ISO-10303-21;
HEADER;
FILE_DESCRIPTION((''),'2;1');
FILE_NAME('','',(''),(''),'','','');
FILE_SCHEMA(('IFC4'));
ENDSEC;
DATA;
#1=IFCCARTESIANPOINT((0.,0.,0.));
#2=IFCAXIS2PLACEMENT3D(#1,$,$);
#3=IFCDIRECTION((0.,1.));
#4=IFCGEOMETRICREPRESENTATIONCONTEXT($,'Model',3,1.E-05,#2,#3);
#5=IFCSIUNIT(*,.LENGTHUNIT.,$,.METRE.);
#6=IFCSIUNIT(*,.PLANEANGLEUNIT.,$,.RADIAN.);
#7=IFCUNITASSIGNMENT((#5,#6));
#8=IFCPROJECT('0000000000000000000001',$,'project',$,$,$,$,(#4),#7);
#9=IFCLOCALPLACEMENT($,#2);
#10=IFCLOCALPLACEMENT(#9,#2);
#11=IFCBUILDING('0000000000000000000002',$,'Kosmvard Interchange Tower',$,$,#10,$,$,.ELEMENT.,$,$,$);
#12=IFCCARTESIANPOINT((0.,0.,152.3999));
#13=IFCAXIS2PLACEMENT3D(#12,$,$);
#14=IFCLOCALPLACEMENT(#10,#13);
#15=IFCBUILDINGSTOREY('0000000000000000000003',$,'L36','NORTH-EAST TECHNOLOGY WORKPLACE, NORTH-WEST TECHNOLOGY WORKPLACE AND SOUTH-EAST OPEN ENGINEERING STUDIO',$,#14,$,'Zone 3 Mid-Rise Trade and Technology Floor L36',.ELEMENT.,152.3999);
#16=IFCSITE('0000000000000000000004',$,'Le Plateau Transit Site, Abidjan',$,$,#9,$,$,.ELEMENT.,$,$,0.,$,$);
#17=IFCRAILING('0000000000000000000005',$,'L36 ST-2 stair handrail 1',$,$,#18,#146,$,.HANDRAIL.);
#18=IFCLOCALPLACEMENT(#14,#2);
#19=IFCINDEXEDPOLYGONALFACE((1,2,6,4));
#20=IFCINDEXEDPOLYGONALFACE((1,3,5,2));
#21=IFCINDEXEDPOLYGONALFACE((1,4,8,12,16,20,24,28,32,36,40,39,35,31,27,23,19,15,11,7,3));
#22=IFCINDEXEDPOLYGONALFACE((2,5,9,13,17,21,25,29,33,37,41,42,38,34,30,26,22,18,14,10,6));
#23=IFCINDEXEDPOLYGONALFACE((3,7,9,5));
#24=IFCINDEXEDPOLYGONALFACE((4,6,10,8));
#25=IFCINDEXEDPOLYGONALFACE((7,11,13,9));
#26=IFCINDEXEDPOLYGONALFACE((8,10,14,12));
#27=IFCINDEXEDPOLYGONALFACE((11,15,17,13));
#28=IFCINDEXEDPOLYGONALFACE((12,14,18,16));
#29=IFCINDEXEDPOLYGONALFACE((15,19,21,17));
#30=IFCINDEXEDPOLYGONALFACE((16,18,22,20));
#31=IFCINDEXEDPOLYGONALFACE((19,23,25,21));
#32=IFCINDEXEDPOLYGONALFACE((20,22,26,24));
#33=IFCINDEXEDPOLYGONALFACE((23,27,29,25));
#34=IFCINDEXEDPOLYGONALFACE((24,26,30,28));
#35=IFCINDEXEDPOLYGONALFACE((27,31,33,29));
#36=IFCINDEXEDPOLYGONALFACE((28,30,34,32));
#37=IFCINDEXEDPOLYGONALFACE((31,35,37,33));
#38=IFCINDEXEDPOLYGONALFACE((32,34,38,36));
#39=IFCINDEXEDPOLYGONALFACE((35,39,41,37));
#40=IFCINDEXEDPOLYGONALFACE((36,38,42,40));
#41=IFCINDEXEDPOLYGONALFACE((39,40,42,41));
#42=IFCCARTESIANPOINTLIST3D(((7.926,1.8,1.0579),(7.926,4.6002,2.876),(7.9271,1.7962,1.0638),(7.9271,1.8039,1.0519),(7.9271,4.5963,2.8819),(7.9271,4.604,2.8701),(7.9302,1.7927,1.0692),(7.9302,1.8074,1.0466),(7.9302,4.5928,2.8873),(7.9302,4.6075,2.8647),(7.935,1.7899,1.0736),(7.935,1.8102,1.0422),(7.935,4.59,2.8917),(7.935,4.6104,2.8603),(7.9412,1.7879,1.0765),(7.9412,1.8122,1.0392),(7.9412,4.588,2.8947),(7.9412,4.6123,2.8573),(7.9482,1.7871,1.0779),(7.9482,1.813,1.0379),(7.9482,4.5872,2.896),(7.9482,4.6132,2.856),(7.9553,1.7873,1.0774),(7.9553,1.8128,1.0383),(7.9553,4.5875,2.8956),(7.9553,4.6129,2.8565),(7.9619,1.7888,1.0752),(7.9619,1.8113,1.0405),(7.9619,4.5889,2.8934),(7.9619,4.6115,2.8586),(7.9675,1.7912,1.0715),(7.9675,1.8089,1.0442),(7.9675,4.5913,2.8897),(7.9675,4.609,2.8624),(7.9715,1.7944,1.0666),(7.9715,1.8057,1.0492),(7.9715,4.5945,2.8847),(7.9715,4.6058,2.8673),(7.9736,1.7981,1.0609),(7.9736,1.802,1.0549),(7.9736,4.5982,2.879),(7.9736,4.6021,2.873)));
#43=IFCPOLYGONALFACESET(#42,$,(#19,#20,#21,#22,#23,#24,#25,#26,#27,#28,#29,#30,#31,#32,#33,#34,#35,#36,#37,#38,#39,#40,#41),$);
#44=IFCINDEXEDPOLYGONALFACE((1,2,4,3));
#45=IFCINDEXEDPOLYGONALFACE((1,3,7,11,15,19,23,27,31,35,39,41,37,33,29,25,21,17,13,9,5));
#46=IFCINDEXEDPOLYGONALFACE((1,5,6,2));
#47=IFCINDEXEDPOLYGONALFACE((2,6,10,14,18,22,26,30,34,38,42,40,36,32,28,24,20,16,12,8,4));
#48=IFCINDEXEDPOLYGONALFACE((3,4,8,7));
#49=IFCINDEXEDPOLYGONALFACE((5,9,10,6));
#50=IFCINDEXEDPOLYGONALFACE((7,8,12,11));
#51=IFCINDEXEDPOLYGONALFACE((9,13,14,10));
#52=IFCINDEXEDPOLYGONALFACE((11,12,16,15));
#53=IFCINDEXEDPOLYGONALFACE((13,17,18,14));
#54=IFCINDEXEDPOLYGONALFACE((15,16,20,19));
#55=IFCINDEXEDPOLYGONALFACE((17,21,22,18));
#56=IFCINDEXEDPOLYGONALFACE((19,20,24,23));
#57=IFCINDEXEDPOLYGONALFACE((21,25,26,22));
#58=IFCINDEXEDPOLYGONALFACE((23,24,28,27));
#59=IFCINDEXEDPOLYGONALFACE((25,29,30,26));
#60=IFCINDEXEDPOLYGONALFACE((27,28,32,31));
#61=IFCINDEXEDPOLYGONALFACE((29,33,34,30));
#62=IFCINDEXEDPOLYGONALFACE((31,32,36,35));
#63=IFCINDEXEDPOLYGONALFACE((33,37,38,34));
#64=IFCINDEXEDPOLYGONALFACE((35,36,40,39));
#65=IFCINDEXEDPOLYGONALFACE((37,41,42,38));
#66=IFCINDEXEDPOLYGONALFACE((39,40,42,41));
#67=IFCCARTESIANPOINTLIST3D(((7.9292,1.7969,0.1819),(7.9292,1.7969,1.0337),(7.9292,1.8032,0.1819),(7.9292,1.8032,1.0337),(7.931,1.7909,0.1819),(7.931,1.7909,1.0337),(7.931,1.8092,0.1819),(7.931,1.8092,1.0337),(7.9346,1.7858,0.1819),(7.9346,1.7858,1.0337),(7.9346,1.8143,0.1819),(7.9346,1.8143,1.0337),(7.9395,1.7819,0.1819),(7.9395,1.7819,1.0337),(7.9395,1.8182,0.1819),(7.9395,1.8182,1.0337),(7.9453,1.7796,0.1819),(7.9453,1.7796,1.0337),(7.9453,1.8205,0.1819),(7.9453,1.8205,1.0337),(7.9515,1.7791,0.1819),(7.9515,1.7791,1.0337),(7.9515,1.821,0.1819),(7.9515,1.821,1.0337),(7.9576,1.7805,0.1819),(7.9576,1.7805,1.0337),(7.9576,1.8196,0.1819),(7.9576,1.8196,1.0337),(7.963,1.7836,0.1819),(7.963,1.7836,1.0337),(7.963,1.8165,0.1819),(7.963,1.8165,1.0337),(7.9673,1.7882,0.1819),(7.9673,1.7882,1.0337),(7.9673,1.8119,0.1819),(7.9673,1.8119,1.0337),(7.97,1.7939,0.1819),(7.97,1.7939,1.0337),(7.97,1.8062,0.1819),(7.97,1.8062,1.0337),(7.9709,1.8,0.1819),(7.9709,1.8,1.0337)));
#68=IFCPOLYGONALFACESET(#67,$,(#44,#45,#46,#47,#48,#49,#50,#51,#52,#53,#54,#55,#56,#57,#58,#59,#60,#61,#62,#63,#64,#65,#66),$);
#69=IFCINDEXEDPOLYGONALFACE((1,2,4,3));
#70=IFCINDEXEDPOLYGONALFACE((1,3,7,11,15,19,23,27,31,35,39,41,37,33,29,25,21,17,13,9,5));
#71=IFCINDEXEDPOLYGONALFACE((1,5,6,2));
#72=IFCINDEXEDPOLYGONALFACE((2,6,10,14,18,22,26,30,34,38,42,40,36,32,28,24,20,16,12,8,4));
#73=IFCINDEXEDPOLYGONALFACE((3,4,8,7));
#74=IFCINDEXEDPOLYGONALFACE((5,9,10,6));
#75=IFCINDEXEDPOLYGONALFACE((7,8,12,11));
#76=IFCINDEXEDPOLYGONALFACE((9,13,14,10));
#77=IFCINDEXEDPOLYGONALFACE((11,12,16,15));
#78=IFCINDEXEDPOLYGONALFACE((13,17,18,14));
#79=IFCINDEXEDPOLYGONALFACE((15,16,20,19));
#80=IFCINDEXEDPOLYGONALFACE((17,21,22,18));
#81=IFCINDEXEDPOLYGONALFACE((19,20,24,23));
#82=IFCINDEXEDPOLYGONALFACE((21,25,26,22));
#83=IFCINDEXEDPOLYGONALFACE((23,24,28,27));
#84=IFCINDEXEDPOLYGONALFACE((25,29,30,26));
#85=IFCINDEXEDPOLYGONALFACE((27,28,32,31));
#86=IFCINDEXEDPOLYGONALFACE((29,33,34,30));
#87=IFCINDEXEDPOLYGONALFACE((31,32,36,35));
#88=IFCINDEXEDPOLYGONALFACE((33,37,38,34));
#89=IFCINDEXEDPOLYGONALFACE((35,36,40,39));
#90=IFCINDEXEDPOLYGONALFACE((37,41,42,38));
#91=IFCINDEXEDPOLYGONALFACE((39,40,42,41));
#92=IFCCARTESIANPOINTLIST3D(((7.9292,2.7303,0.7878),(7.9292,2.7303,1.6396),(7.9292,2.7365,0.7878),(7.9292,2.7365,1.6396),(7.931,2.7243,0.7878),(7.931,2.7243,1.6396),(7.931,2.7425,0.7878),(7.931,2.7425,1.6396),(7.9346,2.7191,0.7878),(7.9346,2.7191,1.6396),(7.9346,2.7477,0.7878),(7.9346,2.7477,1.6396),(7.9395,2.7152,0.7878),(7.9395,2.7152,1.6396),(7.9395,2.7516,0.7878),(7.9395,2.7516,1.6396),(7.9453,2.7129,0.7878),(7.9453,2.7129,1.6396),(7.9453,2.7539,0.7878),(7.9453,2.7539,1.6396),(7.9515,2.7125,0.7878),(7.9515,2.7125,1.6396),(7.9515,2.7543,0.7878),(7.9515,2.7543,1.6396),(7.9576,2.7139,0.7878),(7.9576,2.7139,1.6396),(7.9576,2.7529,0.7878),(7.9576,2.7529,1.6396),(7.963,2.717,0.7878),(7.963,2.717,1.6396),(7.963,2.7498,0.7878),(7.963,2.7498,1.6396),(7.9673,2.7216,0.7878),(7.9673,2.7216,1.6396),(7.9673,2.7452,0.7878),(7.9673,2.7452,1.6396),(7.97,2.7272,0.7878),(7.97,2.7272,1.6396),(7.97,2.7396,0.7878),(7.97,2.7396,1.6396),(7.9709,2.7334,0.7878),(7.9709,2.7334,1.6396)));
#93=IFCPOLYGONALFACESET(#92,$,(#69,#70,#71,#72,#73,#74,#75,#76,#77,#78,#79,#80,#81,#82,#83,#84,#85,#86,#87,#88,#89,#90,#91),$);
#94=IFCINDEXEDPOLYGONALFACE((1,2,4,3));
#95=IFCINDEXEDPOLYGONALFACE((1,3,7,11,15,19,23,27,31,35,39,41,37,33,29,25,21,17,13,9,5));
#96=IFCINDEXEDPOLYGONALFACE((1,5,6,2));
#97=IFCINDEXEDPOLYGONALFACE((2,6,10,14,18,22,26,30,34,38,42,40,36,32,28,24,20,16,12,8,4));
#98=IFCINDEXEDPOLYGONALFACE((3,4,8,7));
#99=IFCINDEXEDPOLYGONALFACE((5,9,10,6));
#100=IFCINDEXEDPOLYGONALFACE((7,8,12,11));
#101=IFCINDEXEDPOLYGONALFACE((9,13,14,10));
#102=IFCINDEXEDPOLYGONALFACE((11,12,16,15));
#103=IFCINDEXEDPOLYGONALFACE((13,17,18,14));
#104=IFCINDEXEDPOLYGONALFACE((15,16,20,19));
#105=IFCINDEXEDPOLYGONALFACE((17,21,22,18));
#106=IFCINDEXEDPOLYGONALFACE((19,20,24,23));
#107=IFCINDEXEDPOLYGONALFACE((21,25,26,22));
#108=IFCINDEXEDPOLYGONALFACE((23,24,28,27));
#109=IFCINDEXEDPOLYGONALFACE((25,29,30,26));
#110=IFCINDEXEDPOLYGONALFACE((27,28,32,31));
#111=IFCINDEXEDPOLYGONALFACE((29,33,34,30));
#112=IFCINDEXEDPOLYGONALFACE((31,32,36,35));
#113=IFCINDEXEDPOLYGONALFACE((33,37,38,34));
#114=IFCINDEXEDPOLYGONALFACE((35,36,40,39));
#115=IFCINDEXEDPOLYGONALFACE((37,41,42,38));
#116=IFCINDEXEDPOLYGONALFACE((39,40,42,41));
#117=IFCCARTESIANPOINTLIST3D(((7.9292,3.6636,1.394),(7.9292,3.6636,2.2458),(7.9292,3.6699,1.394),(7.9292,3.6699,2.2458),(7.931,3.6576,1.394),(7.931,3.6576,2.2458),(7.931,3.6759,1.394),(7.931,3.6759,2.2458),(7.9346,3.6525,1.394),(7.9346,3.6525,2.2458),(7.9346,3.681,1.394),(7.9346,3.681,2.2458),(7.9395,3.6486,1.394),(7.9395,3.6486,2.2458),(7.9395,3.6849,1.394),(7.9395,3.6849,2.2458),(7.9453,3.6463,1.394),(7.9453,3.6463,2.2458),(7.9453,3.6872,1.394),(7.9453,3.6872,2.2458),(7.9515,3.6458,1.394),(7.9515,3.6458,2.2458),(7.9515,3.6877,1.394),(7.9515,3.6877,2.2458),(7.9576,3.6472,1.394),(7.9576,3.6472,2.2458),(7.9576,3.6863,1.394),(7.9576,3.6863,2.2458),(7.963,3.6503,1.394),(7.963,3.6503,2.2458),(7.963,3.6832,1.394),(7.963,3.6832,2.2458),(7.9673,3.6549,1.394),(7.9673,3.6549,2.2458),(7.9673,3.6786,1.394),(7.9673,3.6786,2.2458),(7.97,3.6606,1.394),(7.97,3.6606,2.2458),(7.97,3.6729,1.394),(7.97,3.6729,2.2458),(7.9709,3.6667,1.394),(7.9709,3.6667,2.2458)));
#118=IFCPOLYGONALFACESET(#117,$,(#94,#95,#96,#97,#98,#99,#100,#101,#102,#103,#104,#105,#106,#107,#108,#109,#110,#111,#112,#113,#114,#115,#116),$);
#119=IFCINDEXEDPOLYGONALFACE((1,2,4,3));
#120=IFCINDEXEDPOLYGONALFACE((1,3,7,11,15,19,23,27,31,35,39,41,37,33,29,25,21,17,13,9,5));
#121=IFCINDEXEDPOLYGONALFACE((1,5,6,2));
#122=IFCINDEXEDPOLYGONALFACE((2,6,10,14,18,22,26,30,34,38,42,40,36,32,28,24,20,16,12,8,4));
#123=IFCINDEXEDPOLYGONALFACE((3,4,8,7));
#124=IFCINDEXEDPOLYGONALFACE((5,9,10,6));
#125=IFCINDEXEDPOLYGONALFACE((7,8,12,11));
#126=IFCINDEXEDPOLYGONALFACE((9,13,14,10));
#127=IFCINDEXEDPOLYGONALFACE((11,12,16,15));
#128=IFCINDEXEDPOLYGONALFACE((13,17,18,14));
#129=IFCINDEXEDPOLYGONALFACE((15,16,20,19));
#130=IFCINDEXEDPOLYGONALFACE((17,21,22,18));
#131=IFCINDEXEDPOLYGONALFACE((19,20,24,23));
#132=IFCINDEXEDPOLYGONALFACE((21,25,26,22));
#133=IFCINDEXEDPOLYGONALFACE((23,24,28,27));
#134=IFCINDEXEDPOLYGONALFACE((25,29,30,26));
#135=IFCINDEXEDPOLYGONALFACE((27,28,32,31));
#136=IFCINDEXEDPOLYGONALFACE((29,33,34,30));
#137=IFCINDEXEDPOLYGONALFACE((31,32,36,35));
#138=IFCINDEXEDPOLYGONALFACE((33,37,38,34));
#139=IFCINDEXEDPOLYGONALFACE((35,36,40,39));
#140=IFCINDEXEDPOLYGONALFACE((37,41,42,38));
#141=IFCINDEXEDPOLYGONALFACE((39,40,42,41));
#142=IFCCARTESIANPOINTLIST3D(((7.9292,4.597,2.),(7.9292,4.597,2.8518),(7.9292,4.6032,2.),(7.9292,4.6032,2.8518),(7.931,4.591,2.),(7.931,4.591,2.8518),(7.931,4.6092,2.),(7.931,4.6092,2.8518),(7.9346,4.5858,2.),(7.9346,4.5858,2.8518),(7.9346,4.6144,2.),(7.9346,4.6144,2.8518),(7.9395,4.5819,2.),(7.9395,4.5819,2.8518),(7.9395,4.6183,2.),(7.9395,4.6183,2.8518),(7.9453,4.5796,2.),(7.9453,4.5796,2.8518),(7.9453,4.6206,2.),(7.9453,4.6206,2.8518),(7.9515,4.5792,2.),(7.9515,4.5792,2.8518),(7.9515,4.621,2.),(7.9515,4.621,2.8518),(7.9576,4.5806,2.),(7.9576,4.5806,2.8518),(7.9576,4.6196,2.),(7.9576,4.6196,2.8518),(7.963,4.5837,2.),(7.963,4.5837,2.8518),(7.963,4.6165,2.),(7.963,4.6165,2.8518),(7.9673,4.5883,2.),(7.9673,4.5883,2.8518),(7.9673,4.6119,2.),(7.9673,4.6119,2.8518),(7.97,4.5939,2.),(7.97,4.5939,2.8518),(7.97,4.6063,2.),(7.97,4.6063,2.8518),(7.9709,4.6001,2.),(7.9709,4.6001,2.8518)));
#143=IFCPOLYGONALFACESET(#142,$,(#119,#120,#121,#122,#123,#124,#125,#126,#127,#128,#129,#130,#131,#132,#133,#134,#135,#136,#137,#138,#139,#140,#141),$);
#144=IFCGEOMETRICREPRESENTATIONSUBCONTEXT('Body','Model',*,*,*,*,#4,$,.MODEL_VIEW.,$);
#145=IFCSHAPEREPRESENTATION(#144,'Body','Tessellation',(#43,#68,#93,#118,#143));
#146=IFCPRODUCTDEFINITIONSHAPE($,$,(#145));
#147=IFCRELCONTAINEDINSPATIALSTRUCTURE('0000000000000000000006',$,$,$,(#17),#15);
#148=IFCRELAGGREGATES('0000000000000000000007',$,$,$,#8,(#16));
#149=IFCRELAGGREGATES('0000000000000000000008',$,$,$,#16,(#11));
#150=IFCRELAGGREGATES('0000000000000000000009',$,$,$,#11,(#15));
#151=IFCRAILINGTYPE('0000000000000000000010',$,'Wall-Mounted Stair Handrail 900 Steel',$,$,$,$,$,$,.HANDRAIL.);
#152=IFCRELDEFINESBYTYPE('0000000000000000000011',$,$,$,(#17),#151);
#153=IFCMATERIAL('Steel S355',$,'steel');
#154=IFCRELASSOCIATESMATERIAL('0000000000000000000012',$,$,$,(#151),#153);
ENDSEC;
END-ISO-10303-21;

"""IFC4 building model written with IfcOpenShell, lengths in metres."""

from ifc_helpers import new_model, si_unit, direction, frame, origin, origin_2d, place, context, subcontext, project, spatial, circle, extrude, source, transform, mapped, material, type_object, element, save


model = new_model("IFC4")

# Units and contexts
model_context = context("Model", 3, precision=1e-05, world=origin(), true_north=direction((0.0, 1.0)))
body_context = subcontext(model_context, "Body", "Model", "MODEL_VIEW")
ifc_project = project(units=[si_unit("LENGTHUNIT", "METRE"), si_unit("PLANEANGLEUNIT", "RADIAN")], contexts=[model_context])

# Site, building, storey
site_placement = place(None, origin())
site = spatial("IfcSite", under=ifc_project, at=site_placement, Name="Le Plateau Transit Site, Abidjan", CompositionType="ELEMENT", RefElevation=0.0)
building_placement = place(site_placement, origin())
building = spatial("IfcBuilding", under=site, at=building_placement, Name="Kosmvard Interchange Tower", CompositionType="ELEMENT")
storey_placement = place(building_placement, frame((0.0, 0.0, 152.3999)))
storey = spatial("IfcBuildingStorey", under=building, at=storey_placement, Name="L36", Description="NORTH-EAST TECHNOLOGY WORKPLACE, NORTH-WEST TECHNOLOGY WORKPLACE AND SOUTH-EAST OPEN ENGINEERING STUDIO", LongName="Zone 3 Mid-Rise Trade and Technology Floor L36", CompositionType="ELEMENT", Elevation=152.3999)

# Shared definitions
ifc_material_1 = material(Name="Steel S355", Category="steel")

# Railing
railing_type_1 = type_object("IfcRailingType", Name="Wall-Mounted Stair Handrail 900 Steel", PredefinedType="HANDRAIL", material=ifc_material_1)
shared_shape_1 = source(origin(), body_context, "Body", "SweptSolid", [
    extrude(circle(Radius=0.0239, at=origin_2d()), frame((0.0, 0.0, 0.876), z_axis=(0.0, 0.838706, 0.544585), x_axis=(-1.0, 0.0, 0.0)), (0.0, 0.0, 1.0), 3.3386),
    extrude(circle(Radius=0.021, at=origin_2d()), origin(), (0.0, 0.0, 1.0), 0.8518),
    extrude(circle(Radius=0.021, at=origin_2d()), frame((0.0, 0.9333, 0.606)), (0.0, 0.0, 1.0), 0.8518),
    extrude(circle(Radius=0.021, at=origin_2d()), frame((0.0, 1.8667, 1.2122)), (0.0, 0.0, 1.0), 0.8518),
    extrude(circle(Radius=0.021, at=origin_2d()), frame((0.0, 2.8, 1.8181)), (0.0, 0.0, 1.0), 0.8518),
])
railing_1_placement = place(storey_placement, frame((7.95, 1.8, 0.1819)))
element("IfcRailing", 1, at=railing_1_placement, inside=storey, type_object=railing_type_1, Name="L36 ST-2 stair handrail 1", PredefinedType="HANDRAIL", context=body_context, shape_type="MappedRepresentation", body=[
    mapped(shared_shape_1, transform((0.0, 0.0, 0.0), scale=1.0)),
])

save(model, "model.ifc")
